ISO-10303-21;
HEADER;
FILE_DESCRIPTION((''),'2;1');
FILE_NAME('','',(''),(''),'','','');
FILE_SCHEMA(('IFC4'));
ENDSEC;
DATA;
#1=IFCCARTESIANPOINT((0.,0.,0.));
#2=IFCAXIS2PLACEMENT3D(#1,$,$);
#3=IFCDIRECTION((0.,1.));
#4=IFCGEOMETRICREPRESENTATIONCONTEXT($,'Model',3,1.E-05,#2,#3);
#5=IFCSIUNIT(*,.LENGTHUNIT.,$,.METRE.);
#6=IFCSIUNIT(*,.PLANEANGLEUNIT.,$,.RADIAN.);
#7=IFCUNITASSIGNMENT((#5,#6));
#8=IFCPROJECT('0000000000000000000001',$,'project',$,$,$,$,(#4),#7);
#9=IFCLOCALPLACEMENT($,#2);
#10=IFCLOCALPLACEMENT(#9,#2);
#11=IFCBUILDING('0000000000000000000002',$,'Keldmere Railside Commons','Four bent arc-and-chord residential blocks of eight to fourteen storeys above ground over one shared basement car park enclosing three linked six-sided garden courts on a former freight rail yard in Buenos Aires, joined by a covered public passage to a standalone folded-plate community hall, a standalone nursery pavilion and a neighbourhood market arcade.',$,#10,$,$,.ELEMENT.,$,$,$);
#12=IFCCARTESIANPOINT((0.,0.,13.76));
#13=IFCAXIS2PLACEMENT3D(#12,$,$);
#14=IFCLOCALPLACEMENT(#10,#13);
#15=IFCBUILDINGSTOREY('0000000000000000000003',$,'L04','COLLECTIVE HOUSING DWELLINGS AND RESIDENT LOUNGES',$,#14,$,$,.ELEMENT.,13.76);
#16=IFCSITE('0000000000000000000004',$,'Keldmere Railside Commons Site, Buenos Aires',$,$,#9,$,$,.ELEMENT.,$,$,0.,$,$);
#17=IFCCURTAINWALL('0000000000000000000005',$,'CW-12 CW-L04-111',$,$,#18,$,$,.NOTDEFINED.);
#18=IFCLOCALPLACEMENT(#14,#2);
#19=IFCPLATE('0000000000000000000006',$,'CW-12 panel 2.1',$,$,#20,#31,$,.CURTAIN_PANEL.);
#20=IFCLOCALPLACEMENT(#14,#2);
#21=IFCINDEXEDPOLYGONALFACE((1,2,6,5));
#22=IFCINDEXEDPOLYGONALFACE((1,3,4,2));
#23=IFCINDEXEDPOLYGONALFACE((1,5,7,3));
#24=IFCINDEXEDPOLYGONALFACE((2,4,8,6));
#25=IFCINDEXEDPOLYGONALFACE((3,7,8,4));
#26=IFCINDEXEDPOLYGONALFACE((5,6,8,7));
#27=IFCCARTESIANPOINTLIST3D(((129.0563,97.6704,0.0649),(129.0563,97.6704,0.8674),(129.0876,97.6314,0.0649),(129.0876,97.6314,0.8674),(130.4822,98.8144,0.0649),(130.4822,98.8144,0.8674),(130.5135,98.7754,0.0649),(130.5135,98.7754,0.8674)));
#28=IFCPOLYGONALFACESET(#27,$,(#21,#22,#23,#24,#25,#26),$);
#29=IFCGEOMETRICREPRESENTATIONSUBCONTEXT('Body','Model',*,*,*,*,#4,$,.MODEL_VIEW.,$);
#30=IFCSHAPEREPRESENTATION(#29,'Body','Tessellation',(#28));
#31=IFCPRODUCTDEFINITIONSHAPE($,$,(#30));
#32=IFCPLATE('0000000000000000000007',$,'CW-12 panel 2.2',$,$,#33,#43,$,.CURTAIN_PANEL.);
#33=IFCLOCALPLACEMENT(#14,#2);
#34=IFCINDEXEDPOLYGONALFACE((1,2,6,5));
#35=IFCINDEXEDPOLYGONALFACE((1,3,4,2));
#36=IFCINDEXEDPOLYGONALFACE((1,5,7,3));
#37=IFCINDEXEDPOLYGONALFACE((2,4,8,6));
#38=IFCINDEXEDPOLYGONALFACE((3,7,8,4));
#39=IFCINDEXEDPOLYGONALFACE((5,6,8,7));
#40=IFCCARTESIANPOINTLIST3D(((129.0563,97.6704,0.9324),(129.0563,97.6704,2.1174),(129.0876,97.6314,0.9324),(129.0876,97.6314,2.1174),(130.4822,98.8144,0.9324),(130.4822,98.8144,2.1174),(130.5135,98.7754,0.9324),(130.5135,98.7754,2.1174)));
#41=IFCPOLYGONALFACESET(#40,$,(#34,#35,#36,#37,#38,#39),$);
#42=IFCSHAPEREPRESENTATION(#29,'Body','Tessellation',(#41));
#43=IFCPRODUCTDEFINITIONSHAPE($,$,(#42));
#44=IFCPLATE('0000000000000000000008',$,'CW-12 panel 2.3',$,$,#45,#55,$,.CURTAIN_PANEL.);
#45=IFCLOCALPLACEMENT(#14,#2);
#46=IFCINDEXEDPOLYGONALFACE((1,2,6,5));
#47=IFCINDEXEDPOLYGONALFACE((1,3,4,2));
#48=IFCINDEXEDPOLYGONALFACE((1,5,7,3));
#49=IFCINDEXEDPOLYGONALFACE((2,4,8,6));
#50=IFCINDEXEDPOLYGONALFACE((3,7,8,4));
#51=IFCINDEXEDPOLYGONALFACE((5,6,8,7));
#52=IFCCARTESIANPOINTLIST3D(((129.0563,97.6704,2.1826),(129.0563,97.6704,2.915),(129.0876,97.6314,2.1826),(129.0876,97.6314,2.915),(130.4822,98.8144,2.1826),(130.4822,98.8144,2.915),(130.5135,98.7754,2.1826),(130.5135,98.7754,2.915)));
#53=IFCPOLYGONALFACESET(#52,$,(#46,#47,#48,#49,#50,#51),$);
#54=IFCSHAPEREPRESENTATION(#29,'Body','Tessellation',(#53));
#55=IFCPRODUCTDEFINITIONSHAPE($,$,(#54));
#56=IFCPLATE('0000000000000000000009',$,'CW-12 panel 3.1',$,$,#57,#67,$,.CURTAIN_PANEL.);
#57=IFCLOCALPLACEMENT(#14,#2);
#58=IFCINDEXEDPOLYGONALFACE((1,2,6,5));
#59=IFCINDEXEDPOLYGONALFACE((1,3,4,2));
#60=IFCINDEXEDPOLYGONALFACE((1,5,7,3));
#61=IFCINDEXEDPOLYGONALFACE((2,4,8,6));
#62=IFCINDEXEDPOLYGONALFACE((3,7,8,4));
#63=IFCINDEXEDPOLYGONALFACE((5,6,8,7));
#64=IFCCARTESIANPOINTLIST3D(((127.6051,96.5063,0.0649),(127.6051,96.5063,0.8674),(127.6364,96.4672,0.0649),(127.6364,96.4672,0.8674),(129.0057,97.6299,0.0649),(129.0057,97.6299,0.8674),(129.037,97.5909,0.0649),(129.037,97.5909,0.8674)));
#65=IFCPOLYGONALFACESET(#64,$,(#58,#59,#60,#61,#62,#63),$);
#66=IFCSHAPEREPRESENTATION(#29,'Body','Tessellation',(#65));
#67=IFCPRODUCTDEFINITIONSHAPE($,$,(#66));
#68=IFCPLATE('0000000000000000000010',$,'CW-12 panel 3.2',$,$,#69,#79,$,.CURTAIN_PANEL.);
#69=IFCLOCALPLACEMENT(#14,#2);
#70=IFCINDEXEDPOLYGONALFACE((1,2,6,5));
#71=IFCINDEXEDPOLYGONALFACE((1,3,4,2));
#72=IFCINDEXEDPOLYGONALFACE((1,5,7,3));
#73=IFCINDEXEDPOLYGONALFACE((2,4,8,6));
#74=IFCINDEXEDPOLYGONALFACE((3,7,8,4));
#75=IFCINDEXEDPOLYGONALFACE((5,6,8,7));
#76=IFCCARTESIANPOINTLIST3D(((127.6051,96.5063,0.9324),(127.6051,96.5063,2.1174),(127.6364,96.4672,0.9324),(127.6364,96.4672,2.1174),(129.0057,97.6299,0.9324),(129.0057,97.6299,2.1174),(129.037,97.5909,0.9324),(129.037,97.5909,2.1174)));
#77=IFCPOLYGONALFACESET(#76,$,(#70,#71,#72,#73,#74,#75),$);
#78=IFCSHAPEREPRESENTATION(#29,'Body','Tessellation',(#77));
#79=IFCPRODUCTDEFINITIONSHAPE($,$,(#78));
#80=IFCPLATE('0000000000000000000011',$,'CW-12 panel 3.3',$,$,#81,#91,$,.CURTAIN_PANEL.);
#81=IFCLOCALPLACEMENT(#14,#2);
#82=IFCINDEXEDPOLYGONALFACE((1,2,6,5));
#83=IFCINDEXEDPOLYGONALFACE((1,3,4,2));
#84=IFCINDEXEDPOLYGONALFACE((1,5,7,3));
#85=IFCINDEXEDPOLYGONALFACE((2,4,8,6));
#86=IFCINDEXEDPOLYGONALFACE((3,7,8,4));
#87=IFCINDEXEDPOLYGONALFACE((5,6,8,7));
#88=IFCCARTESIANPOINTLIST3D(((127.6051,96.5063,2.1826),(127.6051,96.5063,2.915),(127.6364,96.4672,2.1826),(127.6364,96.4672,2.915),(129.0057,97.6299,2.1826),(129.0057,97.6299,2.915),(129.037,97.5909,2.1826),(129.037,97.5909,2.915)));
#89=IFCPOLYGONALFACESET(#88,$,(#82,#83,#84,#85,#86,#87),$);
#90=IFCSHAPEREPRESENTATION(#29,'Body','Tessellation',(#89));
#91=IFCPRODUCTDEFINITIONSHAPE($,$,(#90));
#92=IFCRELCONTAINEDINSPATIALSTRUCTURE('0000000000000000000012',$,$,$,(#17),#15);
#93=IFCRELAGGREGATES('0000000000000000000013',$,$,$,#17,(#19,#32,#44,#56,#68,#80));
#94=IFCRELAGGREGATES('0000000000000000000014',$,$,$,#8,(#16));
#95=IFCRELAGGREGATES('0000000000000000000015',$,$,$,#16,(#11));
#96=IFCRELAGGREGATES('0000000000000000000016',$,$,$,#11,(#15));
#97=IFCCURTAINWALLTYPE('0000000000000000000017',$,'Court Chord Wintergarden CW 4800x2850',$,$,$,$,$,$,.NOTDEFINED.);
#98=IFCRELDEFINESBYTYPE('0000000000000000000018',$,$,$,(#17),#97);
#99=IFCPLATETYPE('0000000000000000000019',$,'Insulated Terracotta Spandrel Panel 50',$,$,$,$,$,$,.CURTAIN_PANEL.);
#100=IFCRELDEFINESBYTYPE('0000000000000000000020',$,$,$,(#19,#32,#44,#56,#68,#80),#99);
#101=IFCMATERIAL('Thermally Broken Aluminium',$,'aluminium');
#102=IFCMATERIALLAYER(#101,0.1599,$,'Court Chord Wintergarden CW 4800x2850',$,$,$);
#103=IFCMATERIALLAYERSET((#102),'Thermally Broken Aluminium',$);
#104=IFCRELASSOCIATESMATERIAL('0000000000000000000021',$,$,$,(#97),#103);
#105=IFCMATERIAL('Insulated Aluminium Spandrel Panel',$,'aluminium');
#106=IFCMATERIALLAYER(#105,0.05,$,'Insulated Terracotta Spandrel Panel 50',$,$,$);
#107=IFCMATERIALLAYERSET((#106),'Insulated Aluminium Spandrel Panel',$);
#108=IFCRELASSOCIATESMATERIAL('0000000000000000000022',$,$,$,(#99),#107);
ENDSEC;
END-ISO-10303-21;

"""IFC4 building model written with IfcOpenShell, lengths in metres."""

from ifc_helpers import new_model, si_unit, direction, frame, origin, origin_2d, place, context, subcontext, project, spatial, rectangle, extrude, material, layer, layer_set, type_object, element, aggregate, save


model = new_model("IFC4")

# Units and contexts
model_context = context("Model", 3, precision=1e-05, world=origin(), true_north=direction((0.0, 1.0)))
body_context = subcontext(model_context, "Body", "Model", "MODEL_VIEW")
ifc_project = project(units=[si_unit("LENGTHUNIT", "METRE"), si_unit("PLANEANGLEUNIT", "RADIAN")], contexts=[model_context])

# Site, building, storey
site_placement = place(None, origin())
site = spatial("IfcSite", under=ifc_project, at=site_placement, Name="Keldmere Railside Commons Site, Buenos Aires", CompositionType="ELEMENT", RefElevation=0.0)
building_placement = place(site_placement, origin())
building = spatial("IfcBuilding", under=site, at=building_placement, Name="Keldmere Railside Commons", Description="Four bent arc-and-chord residential blocks of eight to fourteen storeys above ground over one shared basement car park enclosing three linked six-sided garden courts on a former freight rail yard in Buenos Aires, joined by a covered public passage to a standalone folded-plate community hall, a standalone nursery pavilion and a neighbourhood market arcade.", CompositionType="ELEMENT")
storey_placement = place(building_placement, frame((0.0, 0.0, 13.76)))
storey = spatial("IfcBuildingStorey", under=building, at=storey_placement, Name="L04", Description="COLLECTIVE HOUSING DWELLINGS AND RESIDENT LOUNGES", CompositionType="ELEMENT", Elevation=13.76)

# Curtain wall
ifc_material_1 = material(Name="Thermally Broken Aluminium", Category="aluminium")
ifc_layer_1 = layer(ifc_material_1, 0.1599, Name="Court Chord Wintergarden CW 4800x2850")
ifc_layer_set_1 = layer_set([ifc_layer_1], Name="Thermally Broken Aluminium")
curtain_wall_type_1 = type_object("IfcCurtainWallType", Name="Court Chord Wintergarden CW 4800x2850", PredefinedType="NOTDEFINED", material=ifc_layer_set_1)
curtain_wall_1_placement = place(storey_placement, origin())
curtain_wall_1 = element("IfcCurtainWall", 1, at=curtain_wall_1_placement, inside=storey, type_object=curtain_wall_type_1, Name="CW-12 CW-L04-111", PredefinedType="NOTDEFINED")

# Plates
ifc_material_2 = material(Name="Insulated Aluminium Spandrel Panel", Category="aluminium")
ifc_layer_2 = layer(ifc_material_2, 0.05, Name="Insulated Terracotta Spandrel Panel 50")
ifc_layer_set_2 = layer_set([ifc_layer_2], Name="Insulated Aluminium Spandrel Panel")
plate_type_1 = type_object("IfcPlateType", Name="Insulated Terracotta Spandrel Panel 50", PredefinedType="CURTAIN_PANEL", material=ifc_layer_set_2)
plate_1_placement = place(storey_placement, frame((129.7849, 98.2229, 0.0649), z_axis=(0.0, 0.0, 1.0), x_axis=(-0.780009, -0.625768, 0.0)))
plate_1 = element("IfcPlate", 2, at=plate_1_placement, type_object=plate_type_1, Name="CW-12 panel 2.1", PredefinedType="CURTAIN_PANEL", context=body_context, shape_type="SweptSolid", body=[
    extrude(rectangle(XDim=1.8281, YDim=0.05, at=origin_2d()), origin(), (0.0, 0.0, 1.0), 0.8025),
])
plate_2_placement = place(storey_placement, frame((129.7849, 98.2229, 0.9324), z_axis=(0.0, 0.0, 1.0), x_axis=(-0.780009, -0.625768, 0.0)))
plate_2 = element("IfcPlate", 3, at=plate_2_placement, type_object=plate_type_1, Name="CW-12 panel 2.2", PredefinedType="CURTAIN_PANEL", context=body_context, shape_type="SweptSolid", body=[
    extrude(rectangle(XDim=1.8281, YDim=0.05, at=origin_2d()), origin(), (0.0, 0.0, 1.0), 1.1851),
])
plate_3_placement = place(storey_placement, frame((129.7849, 98.2229, 2.1826), z_axis=(0.0, 0.0, 1.0), x_axis=(-0.780009, -0.625768, 0.0)))
plate_3 = element("IfcPlate", 4, at=plate_3_placement, type_object=plate_type_1, Name="CW-12 panel 2.3", PredefinedType="CURTAIN_PANEL", context=body_context, shape_type="SweptSolid", body=[
    extrude(rectangle(XDim=1.8281, YDim=0.05, at=origin_2d()), origin(), (0.0, 0.0, 1.0), 0.7324),
])
plate_4_placement = place(storey_placement, frame((128.321, 97.0486, 0.0649), z_axis=(0.0, 0.0, 1.0), x_axis=(-0.780009, -0.625768, 0.0)))
plate_4 = element("IfcPlate", 5, at=plate_4_placement, type_object=plate_type_1, Name="CW-12 panel 3.1", PredefinedType="CURTAIN_PANEL", context=body_context, shape_type="SweptSolid", body=[
    extrude(rectangle(XDim=1.7957, YDim=0.05, at=origin_2d()), origin(), (0.0, 0.0, 1.0), 0.8025),
])
plate_5_placement = place(storey_placement, frame((128.321, 97.0486, 0.9324), z_axis=(0.0, 0.0, 1.0), x_axis=(-0.780009, -0.625768, 0.0)))
plate_5 = element("IfcPlate", 6, at=plate_5_placement, type_object=plate_type_1, Name="CW-12 panel 3.2", PredefinedType="CURTAIN_PANEL", context=body_context, shape_type="SweptSolid", body=[
    extrude(rectangle(XDim=1.7957, YDim=0.05, at=origin_2d()), origin(), (0.0, 0.0, 1.0), 1.1851),
])
plate_6_placement = place(storey_placement, frame((128.321, 97.0486, 2.1826), z_axis=(0.0, 0.0, 1.0), x_axis=(-0.780009, -0.625768, 0.0)))
plate_6 = element("IfcPlate", 7, at=plate_6_placement, type_object=plate_type_1, Name="CW-12 panel 3.3", PredefinedType="CURTAIN_PANEL", context=body_context, shape_type="SweptSolid", body=[
    extrude(rectangle(XDim=1.7957, YDim=0.05, at=origin_2d()), origin(), (0.0, 0.0, 1.0), 0.7324),
])
aggregate(curtain_wall_1, [plate_1, plate_2, plate_3, plate_4, plate_5, plate_6])

save(model, "model.ifc")
